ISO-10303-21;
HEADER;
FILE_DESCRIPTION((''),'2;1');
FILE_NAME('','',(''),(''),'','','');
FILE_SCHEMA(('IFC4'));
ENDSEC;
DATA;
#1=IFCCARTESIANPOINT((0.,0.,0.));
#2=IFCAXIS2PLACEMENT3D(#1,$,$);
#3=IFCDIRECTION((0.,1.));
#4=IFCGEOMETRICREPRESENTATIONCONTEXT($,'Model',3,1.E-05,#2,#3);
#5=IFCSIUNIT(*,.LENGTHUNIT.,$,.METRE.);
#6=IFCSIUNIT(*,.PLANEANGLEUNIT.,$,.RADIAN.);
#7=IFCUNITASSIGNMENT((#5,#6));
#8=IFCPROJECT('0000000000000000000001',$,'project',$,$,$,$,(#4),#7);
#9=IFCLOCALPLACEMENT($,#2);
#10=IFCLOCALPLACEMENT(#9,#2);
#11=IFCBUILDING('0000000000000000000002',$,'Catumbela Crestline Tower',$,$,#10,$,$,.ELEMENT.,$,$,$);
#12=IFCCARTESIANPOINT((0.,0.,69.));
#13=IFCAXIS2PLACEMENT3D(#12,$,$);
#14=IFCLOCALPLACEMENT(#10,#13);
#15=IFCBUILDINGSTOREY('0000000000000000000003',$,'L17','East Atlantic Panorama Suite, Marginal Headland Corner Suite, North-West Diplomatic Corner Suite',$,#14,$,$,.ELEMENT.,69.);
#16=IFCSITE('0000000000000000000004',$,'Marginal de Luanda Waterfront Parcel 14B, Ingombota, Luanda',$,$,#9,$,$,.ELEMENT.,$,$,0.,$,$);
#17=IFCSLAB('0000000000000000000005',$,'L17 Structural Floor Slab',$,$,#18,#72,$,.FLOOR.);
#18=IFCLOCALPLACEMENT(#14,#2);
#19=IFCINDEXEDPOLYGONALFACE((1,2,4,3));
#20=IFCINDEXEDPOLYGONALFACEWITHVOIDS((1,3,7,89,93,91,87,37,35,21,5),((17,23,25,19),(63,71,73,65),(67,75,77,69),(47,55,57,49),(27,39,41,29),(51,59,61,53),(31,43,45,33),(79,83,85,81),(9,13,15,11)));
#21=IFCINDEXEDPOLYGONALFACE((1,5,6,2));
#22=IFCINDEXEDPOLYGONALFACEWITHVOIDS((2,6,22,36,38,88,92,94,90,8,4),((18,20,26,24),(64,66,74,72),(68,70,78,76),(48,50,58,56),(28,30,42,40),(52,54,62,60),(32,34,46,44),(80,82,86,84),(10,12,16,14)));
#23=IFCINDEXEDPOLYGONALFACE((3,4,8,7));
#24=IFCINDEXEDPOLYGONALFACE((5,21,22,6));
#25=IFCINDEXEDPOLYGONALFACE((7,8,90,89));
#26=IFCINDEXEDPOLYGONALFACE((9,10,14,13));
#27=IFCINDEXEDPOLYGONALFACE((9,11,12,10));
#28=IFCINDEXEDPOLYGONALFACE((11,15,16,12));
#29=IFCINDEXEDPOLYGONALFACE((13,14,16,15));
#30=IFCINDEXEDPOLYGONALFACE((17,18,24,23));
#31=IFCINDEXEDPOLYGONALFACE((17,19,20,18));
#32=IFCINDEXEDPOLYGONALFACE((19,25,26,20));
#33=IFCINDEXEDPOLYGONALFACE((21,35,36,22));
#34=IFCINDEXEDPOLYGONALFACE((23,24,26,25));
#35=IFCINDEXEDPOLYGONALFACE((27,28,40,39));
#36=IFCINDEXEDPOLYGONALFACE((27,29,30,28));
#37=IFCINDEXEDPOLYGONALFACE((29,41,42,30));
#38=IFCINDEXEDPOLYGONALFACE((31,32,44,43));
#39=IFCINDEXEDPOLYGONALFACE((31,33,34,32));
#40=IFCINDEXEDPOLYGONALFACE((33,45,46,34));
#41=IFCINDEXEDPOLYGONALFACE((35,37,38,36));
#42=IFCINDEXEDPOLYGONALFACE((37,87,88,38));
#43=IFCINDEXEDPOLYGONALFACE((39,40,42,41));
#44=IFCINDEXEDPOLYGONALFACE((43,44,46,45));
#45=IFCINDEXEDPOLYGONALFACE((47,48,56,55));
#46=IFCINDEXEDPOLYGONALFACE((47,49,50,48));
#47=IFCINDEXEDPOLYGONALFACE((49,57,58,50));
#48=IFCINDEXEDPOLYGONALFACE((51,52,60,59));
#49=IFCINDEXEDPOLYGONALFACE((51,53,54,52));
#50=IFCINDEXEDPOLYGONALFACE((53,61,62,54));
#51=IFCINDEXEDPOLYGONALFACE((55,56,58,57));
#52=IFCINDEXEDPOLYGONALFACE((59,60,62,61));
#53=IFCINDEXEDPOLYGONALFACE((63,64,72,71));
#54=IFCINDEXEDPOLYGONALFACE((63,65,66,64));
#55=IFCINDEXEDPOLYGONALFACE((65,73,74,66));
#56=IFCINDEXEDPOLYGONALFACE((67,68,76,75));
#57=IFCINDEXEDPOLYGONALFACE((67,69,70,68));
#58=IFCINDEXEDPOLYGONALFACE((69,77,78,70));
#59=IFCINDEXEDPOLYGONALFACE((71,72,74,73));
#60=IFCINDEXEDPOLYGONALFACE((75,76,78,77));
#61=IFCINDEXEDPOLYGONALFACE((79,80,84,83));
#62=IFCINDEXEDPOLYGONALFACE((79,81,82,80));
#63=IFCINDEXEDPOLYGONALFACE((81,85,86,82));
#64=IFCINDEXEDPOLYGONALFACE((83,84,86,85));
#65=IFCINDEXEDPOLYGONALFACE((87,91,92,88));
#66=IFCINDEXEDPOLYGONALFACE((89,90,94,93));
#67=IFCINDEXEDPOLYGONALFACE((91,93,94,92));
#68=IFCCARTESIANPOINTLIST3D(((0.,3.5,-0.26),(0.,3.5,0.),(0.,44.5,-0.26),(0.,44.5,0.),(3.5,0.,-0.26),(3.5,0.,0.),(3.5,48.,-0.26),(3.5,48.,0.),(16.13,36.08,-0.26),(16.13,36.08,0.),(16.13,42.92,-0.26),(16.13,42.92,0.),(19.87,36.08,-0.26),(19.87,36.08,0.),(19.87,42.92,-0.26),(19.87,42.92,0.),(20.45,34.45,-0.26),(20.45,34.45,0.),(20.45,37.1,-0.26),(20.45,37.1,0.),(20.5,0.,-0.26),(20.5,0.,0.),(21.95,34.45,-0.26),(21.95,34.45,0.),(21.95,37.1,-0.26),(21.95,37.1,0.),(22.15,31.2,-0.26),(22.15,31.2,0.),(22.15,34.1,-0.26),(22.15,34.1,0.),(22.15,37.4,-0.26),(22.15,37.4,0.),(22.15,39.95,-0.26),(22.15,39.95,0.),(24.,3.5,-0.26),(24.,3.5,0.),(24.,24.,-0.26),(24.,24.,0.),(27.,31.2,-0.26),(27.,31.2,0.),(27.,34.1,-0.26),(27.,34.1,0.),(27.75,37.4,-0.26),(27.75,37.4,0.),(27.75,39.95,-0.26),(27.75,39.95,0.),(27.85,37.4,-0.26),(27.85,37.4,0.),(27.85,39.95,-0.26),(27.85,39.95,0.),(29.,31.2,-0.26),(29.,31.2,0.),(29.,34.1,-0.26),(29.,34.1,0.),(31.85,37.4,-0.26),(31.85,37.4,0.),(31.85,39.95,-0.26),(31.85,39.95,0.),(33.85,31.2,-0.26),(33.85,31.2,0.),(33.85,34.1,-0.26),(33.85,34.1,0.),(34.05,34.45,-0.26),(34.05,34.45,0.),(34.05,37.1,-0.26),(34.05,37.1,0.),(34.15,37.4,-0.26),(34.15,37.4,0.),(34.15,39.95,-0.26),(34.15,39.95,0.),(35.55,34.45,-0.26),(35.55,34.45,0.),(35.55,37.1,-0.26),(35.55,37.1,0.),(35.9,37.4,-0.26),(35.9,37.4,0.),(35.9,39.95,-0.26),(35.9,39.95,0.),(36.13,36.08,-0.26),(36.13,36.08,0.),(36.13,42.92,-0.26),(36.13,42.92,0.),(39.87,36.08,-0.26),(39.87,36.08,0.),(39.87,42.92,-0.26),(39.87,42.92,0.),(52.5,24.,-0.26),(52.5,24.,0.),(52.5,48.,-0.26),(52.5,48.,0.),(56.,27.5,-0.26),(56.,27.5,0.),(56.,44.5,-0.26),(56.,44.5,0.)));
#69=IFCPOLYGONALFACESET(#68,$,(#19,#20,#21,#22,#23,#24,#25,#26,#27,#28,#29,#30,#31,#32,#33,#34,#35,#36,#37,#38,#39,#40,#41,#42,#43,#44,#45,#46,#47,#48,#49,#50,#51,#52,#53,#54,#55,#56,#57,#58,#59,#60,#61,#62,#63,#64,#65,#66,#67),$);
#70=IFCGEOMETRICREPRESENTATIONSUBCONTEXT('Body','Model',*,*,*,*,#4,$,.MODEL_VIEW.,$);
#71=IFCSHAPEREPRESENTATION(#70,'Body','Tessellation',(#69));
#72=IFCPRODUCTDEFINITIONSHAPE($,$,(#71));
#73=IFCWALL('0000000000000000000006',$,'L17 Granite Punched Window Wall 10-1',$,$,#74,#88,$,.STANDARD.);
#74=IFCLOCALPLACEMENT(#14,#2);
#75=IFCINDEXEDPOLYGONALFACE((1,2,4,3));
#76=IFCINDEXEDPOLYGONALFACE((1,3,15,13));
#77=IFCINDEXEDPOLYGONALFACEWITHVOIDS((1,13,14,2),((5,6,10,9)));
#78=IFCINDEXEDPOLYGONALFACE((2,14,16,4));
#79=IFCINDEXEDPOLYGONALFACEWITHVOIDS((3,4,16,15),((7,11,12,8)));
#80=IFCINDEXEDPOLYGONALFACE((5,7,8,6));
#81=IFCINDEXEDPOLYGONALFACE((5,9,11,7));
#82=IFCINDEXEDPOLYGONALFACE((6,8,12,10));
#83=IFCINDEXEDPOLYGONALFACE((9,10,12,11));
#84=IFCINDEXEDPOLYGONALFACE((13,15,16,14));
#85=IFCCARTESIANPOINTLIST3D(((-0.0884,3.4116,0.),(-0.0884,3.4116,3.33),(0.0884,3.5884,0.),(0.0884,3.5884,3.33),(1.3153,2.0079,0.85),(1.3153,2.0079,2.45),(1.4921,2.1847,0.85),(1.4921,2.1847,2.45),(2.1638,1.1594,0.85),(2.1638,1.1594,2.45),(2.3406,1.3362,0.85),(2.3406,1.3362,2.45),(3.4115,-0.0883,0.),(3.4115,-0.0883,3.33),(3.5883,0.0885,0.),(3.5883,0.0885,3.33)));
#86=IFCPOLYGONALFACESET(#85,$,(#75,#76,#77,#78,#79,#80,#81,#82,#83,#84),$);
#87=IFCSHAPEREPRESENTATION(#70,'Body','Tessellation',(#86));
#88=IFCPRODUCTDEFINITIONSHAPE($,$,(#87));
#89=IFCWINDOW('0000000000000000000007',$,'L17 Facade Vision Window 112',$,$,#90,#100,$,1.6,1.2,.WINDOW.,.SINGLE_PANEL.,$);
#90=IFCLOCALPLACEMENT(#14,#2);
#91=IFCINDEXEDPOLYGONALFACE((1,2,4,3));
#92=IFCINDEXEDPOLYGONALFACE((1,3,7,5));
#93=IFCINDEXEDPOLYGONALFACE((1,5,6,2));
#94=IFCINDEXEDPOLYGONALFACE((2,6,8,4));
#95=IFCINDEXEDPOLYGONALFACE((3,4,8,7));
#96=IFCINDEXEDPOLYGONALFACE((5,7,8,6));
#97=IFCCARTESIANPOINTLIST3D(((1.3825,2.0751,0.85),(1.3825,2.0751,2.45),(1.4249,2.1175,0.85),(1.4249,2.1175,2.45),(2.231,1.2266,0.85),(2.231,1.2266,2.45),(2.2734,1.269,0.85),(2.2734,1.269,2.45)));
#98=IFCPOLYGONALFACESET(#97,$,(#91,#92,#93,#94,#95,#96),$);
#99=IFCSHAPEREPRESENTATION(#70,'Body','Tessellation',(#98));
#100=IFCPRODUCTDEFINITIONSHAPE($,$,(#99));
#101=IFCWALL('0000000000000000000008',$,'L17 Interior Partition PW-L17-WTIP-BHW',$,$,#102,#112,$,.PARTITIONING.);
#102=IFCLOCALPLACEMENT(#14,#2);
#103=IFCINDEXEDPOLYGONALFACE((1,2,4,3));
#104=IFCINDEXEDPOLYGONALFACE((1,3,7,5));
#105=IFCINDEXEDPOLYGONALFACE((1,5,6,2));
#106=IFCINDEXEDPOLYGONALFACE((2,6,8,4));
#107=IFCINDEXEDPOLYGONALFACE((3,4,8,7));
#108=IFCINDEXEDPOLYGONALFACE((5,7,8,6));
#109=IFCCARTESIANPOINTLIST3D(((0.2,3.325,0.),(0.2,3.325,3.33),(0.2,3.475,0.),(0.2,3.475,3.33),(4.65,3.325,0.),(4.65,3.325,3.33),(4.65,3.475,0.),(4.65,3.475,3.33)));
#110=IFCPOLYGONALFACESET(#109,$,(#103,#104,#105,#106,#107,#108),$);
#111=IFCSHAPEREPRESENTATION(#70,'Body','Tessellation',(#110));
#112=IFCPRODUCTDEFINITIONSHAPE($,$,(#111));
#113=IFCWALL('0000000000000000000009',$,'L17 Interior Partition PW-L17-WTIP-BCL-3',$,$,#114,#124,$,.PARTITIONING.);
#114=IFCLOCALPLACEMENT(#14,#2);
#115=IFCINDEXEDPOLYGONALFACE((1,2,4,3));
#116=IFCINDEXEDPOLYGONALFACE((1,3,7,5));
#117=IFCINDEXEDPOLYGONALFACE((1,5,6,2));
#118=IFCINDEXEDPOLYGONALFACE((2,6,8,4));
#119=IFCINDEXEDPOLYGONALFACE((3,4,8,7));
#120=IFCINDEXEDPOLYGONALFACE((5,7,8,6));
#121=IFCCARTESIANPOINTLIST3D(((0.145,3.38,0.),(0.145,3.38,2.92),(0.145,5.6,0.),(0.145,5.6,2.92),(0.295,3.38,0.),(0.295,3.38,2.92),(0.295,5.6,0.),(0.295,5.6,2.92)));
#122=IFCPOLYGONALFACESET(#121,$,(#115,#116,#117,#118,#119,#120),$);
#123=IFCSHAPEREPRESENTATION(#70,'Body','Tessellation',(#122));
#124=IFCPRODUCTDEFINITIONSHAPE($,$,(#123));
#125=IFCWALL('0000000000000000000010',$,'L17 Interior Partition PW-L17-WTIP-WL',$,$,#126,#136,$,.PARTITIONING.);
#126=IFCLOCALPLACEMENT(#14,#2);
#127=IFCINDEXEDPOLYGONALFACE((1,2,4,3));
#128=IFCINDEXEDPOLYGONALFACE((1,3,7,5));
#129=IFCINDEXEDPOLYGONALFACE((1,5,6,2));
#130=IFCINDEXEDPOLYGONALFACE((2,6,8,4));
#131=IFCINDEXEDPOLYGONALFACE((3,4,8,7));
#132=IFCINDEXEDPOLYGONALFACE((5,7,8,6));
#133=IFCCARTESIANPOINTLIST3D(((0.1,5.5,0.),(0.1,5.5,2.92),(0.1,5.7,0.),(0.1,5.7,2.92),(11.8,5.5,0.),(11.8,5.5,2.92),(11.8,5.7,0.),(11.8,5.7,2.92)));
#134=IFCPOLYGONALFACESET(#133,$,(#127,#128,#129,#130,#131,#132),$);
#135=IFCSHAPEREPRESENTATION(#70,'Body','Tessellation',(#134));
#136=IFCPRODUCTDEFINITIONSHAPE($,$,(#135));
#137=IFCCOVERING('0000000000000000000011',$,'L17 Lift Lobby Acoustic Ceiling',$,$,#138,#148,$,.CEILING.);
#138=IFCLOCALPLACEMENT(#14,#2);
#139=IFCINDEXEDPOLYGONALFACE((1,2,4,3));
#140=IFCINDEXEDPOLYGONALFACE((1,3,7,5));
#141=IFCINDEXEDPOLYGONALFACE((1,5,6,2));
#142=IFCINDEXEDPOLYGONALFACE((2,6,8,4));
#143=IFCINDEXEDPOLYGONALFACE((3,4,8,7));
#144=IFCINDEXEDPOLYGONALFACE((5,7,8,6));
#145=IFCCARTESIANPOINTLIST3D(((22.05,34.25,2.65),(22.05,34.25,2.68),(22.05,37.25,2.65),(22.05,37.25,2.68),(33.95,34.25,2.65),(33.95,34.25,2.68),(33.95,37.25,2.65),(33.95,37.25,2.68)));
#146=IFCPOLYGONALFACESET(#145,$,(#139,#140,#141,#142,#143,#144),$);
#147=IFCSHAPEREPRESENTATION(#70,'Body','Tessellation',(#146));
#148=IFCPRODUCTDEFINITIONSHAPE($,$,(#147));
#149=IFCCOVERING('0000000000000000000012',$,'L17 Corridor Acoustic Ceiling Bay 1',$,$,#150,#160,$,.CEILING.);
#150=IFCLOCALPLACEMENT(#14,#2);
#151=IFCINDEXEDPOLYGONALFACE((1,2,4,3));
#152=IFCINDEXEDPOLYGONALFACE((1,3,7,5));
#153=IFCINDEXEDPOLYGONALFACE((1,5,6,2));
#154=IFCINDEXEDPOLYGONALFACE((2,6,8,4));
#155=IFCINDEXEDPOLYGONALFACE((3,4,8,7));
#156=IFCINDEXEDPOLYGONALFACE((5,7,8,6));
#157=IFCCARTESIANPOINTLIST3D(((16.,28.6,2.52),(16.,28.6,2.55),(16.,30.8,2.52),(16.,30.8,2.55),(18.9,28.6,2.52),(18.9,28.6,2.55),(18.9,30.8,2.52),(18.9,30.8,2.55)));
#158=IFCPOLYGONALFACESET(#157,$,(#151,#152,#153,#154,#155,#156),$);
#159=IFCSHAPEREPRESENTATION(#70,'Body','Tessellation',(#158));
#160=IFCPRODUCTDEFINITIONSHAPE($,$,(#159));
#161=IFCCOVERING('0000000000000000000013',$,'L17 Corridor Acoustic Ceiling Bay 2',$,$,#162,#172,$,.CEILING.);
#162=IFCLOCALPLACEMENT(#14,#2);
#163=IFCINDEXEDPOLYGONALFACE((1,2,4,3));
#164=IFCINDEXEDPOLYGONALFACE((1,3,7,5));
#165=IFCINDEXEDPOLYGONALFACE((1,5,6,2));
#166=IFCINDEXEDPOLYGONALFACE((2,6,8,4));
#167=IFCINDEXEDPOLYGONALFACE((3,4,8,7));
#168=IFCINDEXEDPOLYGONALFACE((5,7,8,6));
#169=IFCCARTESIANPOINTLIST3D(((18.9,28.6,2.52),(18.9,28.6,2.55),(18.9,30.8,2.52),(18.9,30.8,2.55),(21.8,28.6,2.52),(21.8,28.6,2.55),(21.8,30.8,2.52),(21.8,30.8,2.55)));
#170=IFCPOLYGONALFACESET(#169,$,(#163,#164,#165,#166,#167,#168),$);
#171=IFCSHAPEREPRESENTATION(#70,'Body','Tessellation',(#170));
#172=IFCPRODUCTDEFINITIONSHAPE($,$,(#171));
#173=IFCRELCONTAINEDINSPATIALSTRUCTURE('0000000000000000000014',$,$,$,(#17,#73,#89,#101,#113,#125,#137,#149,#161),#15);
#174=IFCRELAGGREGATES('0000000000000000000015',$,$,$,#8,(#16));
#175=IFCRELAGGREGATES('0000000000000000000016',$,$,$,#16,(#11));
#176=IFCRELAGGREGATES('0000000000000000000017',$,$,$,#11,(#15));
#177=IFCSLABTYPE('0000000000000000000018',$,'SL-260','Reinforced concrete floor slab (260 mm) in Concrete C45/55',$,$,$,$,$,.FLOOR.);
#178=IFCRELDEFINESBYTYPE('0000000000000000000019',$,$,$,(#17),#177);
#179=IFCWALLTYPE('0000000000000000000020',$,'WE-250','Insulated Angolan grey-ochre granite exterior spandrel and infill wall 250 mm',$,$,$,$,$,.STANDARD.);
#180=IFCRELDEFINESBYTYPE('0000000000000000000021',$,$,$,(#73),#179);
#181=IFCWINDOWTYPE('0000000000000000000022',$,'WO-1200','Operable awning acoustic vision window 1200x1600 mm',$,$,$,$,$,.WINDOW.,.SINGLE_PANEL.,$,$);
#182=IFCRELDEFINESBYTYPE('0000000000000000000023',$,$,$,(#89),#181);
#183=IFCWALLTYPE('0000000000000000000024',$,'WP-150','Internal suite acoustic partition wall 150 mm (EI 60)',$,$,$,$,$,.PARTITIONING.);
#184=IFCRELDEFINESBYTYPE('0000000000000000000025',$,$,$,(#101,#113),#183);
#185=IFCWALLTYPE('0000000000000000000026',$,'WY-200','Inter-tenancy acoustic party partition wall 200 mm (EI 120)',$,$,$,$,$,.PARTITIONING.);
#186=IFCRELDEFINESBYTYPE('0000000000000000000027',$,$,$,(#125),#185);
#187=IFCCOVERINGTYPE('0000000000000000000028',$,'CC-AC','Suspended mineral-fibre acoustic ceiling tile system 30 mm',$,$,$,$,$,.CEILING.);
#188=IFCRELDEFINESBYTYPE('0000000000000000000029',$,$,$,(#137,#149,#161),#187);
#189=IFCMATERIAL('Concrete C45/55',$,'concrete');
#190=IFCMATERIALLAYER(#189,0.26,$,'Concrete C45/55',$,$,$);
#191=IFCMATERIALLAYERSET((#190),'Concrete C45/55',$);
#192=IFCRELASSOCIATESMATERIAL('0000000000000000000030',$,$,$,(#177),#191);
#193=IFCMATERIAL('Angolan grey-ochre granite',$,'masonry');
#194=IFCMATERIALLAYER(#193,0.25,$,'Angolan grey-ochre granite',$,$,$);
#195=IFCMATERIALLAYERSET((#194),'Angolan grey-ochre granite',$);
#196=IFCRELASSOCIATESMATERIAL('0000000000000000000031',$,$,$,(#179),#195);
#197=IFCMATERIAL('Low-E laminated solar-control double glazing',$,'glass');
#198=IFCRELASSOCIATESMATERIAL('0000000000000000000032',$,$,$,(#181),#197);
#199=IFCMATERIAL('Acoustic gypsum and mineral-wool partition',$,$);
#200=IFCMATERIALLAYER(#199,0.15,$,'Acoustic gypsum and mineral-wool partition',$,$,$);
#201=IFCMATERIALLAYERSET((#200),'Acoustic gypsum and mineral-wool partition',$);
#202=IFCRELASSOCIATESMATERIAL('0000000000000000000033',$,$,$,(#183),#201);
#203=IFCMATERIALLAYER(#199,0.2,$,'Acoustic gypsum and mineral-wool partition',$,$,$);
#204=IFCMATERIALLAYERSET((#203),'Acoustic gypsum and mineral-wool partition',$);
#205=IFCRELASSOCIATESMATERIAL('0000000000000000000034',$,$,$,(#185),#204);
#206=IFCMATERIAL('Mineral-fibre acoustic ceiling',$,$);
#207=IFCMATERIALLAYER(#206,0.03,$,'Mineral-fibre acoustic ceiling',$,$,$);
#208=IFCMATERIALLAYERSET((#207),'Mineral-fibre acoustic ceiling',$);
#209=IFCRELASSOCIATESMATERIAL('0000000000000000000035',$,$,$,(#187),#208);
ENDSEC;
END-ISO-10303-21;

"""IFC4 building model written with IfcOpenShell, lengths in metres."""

from ifc_helpers import new_model, si_unit, direction, frame, frame_2d, origin, place, context, subcontext, project, spatial, polyline, rectangle, outline, extrude, material, layer, layer_set, type_object, element, fill, save


model = new_model("IFC4")

# Units and contexts
model_context = context("Model", 3, precision=1e-05, world=origin(), true_north=direction((0.0, 1.0)))
body_context = subcontext(model_context, "Body", "Model", "MODEL_VIEW")
ifc_project = project(units=[si_unit("LENGTHUNIT", "METRE"), si_unit("PLANEANGLEUNIT", "RADIAN")], contexts=[model_context])

# Site, building, storey
site_placement = place(None, origin())
site = spatial("IfcSite", under=ifc_project, at=site_placement, Name="Marginal de Luanda Waterfront Parcel 14B, Ingombota, Luanda", CompositionType="ELEMENT", RefElevation=0.0)
building_placement = place(site_placement, origin())
building = spatial("IfcBuilding", under=site, at=building_placement, Name="Catumbela Crestline Tower", CompositionType="ELEMENT")
storey_placement = place(building_placement, frame((0.0, 0.0, 69.0)))
storey = spatial("IfcBuildingStorey", under=building, at=storey_placement, Name="L17", Description="East Atlantic Panorama Suite, Marginal Headland Corner Suite, North-West Diplomatic Corner Suite", CompositionType="ELEMENT", Elevation=69.0)

# Shared definitions
ifc_material_1 = material(Name="Low-E laminated solar-control double glazing", Category="glass")

# Shared definitions
ifc_material_2 = material(Name="Concrete C45/55", Category="concrete")

# Slab
ifc_layer_1 = layer(ifc_material_2, 0.26, Name="Concrete C45/55")
ifc_layer_set_1 = layer_set([ifc_layer_1], Name="Concrete C45/55")
slab_type_1 = type_object("IfcSlabType", Name="SL-260", Description="Reinforced concrete floor slab (260 mm) in Concrete C45/55", PredefinedType="FLOOR", material=ifc_layer_set_1)
slab_1_placement = place(storey_placement, frame((0.0, 0.0, -0.26)))
element("IfcSlab", 1, at=slab_1_placement, inside=storey, type_object=slab_type_1, Name="L17 Structural Floor Slab", PredefinedType="FLOOR", context=body_context, shape_type="SweptSolid", body=[
    extrude(outline(polyline([(3.5, 0.0), (20.5, 0.0), (24.0, 3.5), (24.0, 24.0), (52.5, 24.0), (56.0, 27.5), (56.0, 44.5), (52.5, 48.0), (3.5, 48.0), (0.0, 44.5), (0.0, 3.5), (3.5, 0.0)]), holes=[polyline([(16.13, 36.08), (19.87, 36.08), (19.87, 42.92), (16.13, 42.92), (16.13, 36.08)]), polyline([(36.13, 36.08), (39.87, 36.08), (39.87, 42.92), (36.13, 42.92), (36.13, 36.08)]), polyline([(22.15, 31.2), (27.0, 31.2), (27.0, 34.1), (22.15, 34.1), (22.15, 31.2)]), polyline([(29.0, 31.2), (33.85, 31.2), (33.85, 34.1), (29.0, 34.1), (29.0, 31.2)]), polyline([(22.15, 37.4), (27.75, 37.4), (27.75, 39.95), (22.15, 39.95), (22.15, 37.4)]), polyline([(27.85, 37.4), (31.85, 37.4), (31.85, 39.95), (27.85, 39.95), (27.85, 37.4)]), polyline([(20.45, 34.45), (21.95, 34.45), (21.95, 37.1), (20.45, 37.1), (20.45, 34.45)]), polyline([(34.05, 34.45), (35.55, 34.45), (35.55, 37.1), (34.05, 37.1), (34.05, 34.45)]), polyline([(34.15, 37.4), (35.9, 37.4), (35.9, 39.95), (34.15, 39.95), (34.15, 37.4)])]), origin(), (0.0, 0.0, 1.0), 0.26),
])

# Wall, opening, window
ifc_material_3 = material(Name="Angolan grey-ochre granite", Category="masonry")
ifc_layer_2 = layer(ifc_material_3, 0.25, Name="Angolan grey-ochre granite")
ifc_layer_set_2 = layer_set([ifc_layer_2], Name="Angolan grey-ochre granite")
wall_type_1 = type_object("IfcWallType", Name="WE-250", Description="Insulated Angolan grey-ochre granite exterior spandrel and infill wall 250 mm", PredefinedType="STANDARD", material=ifc_layer_set_2)
wall_1_placement = place(storey_placement, frame((0.0, 3.5, 0.0), z_axis=(0.0, 0.0, 1.0), x_axis=(0.707107, -0.707107, 0.0)))
wall_1 = element("IfcWall", 2, at=wall_1_placement, inside=storey, type_object=wall_type_1, Name="L17 Granite Punched Window Wall 10-1", PredefinedType="STANDARD", context=body_context, shape_type="SweptSolid", body=[
    extrude(rectangle(XDim=4.9497, YDim=0.25, at=frame_2d((2.4748, 0.0))), origin(), (0.0, 0.0, 1.0), 3.33),
])
opening_placement = place(wall_1_placement, frame((1.9851, 0.0, 0.85)))
opening = element("IfcOpeningElement", 3, at=opening_placement, cuts=wall_1, PredefinedType="OPENING", context=body_context, shape_type="SweptSolid", body=[
    extrude(rectangle(XDim=1.2, YDim=1.6, at=frame_2d((0.6, 0.8))), frame((0.0, 0.135, 0.0), z_axis=(0.0, -1.0, 0.0), x_axis=(1.0, 0.0, 0.0)), (0.0, 0.0, 1.0), 0.27),
])
window_type = type_object("IfcWindowType", Name="WO-1200", Description="Operable awning acoustic vision window 1200x1600 mm", PartitioningType="SINGLE_PANEL", PredefinedType="WINDOW", material=ifc_material_1)
window_placement = place(opening_placement, origin())
window = element("IfcWindow", 4, at=window_placement, inside=storey, type_object=window_type, Name="L17 Facade Vision Window 112", OverallHeight=1.6, OverallWidth=1.2, PartitioningType="SINGLE_PANEL", PredefinedType="WINDOW", context=body_context, shape_type="SweptSolid", body=[
    extrude(rectangle(XDim=1.2, YDim=1.6, at=frame_2d((0.6, 0.8))), frame((0.0, 0.03, 0.0), z_axis=(0.0, -1.0, 0.0), x_axis=(1.0, 0.0, 0.0)), (0.0, 0.0, 1.0), 0.06),
])
fill(opening, window)

# Walls
ifc_material_4 = material(Name="Acoustic gypsum and mineral-wool partition")
ifc_layer_3 = layer(ifc_material_4, 0.15, Name="Acoustic gypsum and mineral-wool partition")
ifc_layer_set_3 = layer_set([ifc_layer_3], Name="Acoustic gypsum and mineral-wool partition")
wall_type_2 = type_object("IfcWallType", Name="WP-150", Description="Internal suite acoustic partition wall 150 mm (EI 60)", PredefinedType="PARTITIONING", material=ifc_layer_set_3)
wall_2_placement = place(storey_placement, frame((0.2, 3.4, 0.0), z_axis=(0.0, 0.0, 1.0), x_axis=(1.0, 0.0, 0.0)))
element("IfcWall", 5, at=wall_2_placement, inside=storey, type_object=wall_type_2, Name="L17 Interior Partition PW-L17-WTIP-BHW", PredefinedType="PARTITIONING", context=body_context, shape_type="SweptSolid", body=[
    extrude(rectangle(XDim=4.45, YDim=0.15, at=frame_2d((2.225, 0.0))), origin(), (0.0, 0.0, 1.0), 3.33),
])
wall_3_placement = place(storey_placement, frame((0.22, 3.38, 0.0), z_axis=(0.0, 0.0, 1.0), x_axis=(0.0, 1.0, 0.0)))
element("IfcWall", 6, at=wall_3_placement, inside=storey, type_object=wall_type_2, Name="L17 Interior Partition PW-L17-WTIP-BCL-3", PredefinedType="PARTITIONING", context=body_context, shape_type="SweptSolid", body=[
    extrude(rectangle(XDim=2.22, YDim=0.15, at=frame_2d((1.11, 0.0))), origin(), (0.0, 0.0, 1.0), 2.92),
])
ifc_layer_4 = layer(ifc_material_4, 0.2, Name="Acoustic gypsum and mineral-wool partition")
ifc_layer_set_4 = layer_set([ifc_layer_4], Name="Acoustic gypsum and mineral-wool partition")
wall_type_3 = type_object("IfcWallType", Name="WY-200", Description="Inter-tenancy acoustic party partition wall 200 mm (EI 120)", PredefinedType="PARTITIONING", material=ifc_layer_set_4)
wall_4_placement = place(storey_placement, frame((0.1, 5.6, 0.0), z_axis=(0.0, 0.0, 1.0), x_axis=(1.0, 0.0, 0.0)))
element("IfcWall", 7, at=wall_4_placement, inside=storey, type_object=wall_type_3, Name="L17 Interior Partition PW-L17-WTIP-WL", PredefinedType="PARTITIONING", context=body_context, shape_type="SweptSolid", body=[
    extrude(rectangle(XDim=11.7, YDim=0.2, at=frame_2d((5.85, 0.0))), origin(), (0.0, 0.0, 1.0), 2.92),
])

# Coverings
ifc_material_5 = material(Name="Mineral-fibre acoustic ceiling")
ifc_layer_5 = layer(ifc_material_5, 0.03, Name="Mineral-fibre acoustic ceiling")
ifc_layer_set_5 = layer_set([ifc_layer_5], Name="Mineral-fibre acoustic ceiling")
covering_type_1 = type_object("IfcCoveringType", Name="CC-AC", Description="Suspended mineral-fibre acoustic ceiling tile system 30 mm", PredefinedType="CEILING", material=ifc_layer_set_5)
covering_1_placement = place(storey_placement, frame((0.0, 0.0, 2.65)))
element("IfcCovering", 8, at=covering_1_placement, inside=storey, type_object=covering_type_1, Name="L17 Lift Lobby Acoustic Ceiling", PredefinedType="CEILING", context=body_context, shape_type="SweptSolid", body=[
    extrude(outline(polyline([(22.05, 34.25), (33.95, 34.25), (33.95, 37.25), (22.05, 37.25), (22.05, 34.25)])), origin(), (0.0, 0.0, 1.0), 0.03),
])
covering_2_placement = place(storey_placement, frame((0.0, 0.0, 2.52)))
element("IfcCovering", 9, at=covering_2_placement, inside=storey, type_object=covering_type_1, Name="L17 Corridor Acoustic Ceiling Bay 1", PredefinedType="CEILING", context=body_context, shape_type="SweptSolid", body=[
    extrude(outline(polyline([(16.0, 28.6), (18.9, 28.6), (18.9, 30.8), (16.0, 30.8), (16.0, 28.6)])), origin(), (0.0, 0.0, 1.0), 0.03),
])
covering_3_placement = place(storey_placement, frame((0.0, 0.0, 2.52)))
element("IfcCovering", 10, at=covering_3_placement, inside=storey, type_object=covering_type_1, Name="L17 Corridor Acoustic Ceiling Bay 2", PredefinedType="CEILING", context=body_context, shape_type="SweptSolid", body=[
    extrude(outline(polyline([(18.9, 28.6), (21.8, 28.6), (21.8, 30.8), (18.9, 30.8), (18.9, 28.6)])), origin(), (0.0, 0.0, 1.0), 0.03),
])

save(model, "model.ifc")
